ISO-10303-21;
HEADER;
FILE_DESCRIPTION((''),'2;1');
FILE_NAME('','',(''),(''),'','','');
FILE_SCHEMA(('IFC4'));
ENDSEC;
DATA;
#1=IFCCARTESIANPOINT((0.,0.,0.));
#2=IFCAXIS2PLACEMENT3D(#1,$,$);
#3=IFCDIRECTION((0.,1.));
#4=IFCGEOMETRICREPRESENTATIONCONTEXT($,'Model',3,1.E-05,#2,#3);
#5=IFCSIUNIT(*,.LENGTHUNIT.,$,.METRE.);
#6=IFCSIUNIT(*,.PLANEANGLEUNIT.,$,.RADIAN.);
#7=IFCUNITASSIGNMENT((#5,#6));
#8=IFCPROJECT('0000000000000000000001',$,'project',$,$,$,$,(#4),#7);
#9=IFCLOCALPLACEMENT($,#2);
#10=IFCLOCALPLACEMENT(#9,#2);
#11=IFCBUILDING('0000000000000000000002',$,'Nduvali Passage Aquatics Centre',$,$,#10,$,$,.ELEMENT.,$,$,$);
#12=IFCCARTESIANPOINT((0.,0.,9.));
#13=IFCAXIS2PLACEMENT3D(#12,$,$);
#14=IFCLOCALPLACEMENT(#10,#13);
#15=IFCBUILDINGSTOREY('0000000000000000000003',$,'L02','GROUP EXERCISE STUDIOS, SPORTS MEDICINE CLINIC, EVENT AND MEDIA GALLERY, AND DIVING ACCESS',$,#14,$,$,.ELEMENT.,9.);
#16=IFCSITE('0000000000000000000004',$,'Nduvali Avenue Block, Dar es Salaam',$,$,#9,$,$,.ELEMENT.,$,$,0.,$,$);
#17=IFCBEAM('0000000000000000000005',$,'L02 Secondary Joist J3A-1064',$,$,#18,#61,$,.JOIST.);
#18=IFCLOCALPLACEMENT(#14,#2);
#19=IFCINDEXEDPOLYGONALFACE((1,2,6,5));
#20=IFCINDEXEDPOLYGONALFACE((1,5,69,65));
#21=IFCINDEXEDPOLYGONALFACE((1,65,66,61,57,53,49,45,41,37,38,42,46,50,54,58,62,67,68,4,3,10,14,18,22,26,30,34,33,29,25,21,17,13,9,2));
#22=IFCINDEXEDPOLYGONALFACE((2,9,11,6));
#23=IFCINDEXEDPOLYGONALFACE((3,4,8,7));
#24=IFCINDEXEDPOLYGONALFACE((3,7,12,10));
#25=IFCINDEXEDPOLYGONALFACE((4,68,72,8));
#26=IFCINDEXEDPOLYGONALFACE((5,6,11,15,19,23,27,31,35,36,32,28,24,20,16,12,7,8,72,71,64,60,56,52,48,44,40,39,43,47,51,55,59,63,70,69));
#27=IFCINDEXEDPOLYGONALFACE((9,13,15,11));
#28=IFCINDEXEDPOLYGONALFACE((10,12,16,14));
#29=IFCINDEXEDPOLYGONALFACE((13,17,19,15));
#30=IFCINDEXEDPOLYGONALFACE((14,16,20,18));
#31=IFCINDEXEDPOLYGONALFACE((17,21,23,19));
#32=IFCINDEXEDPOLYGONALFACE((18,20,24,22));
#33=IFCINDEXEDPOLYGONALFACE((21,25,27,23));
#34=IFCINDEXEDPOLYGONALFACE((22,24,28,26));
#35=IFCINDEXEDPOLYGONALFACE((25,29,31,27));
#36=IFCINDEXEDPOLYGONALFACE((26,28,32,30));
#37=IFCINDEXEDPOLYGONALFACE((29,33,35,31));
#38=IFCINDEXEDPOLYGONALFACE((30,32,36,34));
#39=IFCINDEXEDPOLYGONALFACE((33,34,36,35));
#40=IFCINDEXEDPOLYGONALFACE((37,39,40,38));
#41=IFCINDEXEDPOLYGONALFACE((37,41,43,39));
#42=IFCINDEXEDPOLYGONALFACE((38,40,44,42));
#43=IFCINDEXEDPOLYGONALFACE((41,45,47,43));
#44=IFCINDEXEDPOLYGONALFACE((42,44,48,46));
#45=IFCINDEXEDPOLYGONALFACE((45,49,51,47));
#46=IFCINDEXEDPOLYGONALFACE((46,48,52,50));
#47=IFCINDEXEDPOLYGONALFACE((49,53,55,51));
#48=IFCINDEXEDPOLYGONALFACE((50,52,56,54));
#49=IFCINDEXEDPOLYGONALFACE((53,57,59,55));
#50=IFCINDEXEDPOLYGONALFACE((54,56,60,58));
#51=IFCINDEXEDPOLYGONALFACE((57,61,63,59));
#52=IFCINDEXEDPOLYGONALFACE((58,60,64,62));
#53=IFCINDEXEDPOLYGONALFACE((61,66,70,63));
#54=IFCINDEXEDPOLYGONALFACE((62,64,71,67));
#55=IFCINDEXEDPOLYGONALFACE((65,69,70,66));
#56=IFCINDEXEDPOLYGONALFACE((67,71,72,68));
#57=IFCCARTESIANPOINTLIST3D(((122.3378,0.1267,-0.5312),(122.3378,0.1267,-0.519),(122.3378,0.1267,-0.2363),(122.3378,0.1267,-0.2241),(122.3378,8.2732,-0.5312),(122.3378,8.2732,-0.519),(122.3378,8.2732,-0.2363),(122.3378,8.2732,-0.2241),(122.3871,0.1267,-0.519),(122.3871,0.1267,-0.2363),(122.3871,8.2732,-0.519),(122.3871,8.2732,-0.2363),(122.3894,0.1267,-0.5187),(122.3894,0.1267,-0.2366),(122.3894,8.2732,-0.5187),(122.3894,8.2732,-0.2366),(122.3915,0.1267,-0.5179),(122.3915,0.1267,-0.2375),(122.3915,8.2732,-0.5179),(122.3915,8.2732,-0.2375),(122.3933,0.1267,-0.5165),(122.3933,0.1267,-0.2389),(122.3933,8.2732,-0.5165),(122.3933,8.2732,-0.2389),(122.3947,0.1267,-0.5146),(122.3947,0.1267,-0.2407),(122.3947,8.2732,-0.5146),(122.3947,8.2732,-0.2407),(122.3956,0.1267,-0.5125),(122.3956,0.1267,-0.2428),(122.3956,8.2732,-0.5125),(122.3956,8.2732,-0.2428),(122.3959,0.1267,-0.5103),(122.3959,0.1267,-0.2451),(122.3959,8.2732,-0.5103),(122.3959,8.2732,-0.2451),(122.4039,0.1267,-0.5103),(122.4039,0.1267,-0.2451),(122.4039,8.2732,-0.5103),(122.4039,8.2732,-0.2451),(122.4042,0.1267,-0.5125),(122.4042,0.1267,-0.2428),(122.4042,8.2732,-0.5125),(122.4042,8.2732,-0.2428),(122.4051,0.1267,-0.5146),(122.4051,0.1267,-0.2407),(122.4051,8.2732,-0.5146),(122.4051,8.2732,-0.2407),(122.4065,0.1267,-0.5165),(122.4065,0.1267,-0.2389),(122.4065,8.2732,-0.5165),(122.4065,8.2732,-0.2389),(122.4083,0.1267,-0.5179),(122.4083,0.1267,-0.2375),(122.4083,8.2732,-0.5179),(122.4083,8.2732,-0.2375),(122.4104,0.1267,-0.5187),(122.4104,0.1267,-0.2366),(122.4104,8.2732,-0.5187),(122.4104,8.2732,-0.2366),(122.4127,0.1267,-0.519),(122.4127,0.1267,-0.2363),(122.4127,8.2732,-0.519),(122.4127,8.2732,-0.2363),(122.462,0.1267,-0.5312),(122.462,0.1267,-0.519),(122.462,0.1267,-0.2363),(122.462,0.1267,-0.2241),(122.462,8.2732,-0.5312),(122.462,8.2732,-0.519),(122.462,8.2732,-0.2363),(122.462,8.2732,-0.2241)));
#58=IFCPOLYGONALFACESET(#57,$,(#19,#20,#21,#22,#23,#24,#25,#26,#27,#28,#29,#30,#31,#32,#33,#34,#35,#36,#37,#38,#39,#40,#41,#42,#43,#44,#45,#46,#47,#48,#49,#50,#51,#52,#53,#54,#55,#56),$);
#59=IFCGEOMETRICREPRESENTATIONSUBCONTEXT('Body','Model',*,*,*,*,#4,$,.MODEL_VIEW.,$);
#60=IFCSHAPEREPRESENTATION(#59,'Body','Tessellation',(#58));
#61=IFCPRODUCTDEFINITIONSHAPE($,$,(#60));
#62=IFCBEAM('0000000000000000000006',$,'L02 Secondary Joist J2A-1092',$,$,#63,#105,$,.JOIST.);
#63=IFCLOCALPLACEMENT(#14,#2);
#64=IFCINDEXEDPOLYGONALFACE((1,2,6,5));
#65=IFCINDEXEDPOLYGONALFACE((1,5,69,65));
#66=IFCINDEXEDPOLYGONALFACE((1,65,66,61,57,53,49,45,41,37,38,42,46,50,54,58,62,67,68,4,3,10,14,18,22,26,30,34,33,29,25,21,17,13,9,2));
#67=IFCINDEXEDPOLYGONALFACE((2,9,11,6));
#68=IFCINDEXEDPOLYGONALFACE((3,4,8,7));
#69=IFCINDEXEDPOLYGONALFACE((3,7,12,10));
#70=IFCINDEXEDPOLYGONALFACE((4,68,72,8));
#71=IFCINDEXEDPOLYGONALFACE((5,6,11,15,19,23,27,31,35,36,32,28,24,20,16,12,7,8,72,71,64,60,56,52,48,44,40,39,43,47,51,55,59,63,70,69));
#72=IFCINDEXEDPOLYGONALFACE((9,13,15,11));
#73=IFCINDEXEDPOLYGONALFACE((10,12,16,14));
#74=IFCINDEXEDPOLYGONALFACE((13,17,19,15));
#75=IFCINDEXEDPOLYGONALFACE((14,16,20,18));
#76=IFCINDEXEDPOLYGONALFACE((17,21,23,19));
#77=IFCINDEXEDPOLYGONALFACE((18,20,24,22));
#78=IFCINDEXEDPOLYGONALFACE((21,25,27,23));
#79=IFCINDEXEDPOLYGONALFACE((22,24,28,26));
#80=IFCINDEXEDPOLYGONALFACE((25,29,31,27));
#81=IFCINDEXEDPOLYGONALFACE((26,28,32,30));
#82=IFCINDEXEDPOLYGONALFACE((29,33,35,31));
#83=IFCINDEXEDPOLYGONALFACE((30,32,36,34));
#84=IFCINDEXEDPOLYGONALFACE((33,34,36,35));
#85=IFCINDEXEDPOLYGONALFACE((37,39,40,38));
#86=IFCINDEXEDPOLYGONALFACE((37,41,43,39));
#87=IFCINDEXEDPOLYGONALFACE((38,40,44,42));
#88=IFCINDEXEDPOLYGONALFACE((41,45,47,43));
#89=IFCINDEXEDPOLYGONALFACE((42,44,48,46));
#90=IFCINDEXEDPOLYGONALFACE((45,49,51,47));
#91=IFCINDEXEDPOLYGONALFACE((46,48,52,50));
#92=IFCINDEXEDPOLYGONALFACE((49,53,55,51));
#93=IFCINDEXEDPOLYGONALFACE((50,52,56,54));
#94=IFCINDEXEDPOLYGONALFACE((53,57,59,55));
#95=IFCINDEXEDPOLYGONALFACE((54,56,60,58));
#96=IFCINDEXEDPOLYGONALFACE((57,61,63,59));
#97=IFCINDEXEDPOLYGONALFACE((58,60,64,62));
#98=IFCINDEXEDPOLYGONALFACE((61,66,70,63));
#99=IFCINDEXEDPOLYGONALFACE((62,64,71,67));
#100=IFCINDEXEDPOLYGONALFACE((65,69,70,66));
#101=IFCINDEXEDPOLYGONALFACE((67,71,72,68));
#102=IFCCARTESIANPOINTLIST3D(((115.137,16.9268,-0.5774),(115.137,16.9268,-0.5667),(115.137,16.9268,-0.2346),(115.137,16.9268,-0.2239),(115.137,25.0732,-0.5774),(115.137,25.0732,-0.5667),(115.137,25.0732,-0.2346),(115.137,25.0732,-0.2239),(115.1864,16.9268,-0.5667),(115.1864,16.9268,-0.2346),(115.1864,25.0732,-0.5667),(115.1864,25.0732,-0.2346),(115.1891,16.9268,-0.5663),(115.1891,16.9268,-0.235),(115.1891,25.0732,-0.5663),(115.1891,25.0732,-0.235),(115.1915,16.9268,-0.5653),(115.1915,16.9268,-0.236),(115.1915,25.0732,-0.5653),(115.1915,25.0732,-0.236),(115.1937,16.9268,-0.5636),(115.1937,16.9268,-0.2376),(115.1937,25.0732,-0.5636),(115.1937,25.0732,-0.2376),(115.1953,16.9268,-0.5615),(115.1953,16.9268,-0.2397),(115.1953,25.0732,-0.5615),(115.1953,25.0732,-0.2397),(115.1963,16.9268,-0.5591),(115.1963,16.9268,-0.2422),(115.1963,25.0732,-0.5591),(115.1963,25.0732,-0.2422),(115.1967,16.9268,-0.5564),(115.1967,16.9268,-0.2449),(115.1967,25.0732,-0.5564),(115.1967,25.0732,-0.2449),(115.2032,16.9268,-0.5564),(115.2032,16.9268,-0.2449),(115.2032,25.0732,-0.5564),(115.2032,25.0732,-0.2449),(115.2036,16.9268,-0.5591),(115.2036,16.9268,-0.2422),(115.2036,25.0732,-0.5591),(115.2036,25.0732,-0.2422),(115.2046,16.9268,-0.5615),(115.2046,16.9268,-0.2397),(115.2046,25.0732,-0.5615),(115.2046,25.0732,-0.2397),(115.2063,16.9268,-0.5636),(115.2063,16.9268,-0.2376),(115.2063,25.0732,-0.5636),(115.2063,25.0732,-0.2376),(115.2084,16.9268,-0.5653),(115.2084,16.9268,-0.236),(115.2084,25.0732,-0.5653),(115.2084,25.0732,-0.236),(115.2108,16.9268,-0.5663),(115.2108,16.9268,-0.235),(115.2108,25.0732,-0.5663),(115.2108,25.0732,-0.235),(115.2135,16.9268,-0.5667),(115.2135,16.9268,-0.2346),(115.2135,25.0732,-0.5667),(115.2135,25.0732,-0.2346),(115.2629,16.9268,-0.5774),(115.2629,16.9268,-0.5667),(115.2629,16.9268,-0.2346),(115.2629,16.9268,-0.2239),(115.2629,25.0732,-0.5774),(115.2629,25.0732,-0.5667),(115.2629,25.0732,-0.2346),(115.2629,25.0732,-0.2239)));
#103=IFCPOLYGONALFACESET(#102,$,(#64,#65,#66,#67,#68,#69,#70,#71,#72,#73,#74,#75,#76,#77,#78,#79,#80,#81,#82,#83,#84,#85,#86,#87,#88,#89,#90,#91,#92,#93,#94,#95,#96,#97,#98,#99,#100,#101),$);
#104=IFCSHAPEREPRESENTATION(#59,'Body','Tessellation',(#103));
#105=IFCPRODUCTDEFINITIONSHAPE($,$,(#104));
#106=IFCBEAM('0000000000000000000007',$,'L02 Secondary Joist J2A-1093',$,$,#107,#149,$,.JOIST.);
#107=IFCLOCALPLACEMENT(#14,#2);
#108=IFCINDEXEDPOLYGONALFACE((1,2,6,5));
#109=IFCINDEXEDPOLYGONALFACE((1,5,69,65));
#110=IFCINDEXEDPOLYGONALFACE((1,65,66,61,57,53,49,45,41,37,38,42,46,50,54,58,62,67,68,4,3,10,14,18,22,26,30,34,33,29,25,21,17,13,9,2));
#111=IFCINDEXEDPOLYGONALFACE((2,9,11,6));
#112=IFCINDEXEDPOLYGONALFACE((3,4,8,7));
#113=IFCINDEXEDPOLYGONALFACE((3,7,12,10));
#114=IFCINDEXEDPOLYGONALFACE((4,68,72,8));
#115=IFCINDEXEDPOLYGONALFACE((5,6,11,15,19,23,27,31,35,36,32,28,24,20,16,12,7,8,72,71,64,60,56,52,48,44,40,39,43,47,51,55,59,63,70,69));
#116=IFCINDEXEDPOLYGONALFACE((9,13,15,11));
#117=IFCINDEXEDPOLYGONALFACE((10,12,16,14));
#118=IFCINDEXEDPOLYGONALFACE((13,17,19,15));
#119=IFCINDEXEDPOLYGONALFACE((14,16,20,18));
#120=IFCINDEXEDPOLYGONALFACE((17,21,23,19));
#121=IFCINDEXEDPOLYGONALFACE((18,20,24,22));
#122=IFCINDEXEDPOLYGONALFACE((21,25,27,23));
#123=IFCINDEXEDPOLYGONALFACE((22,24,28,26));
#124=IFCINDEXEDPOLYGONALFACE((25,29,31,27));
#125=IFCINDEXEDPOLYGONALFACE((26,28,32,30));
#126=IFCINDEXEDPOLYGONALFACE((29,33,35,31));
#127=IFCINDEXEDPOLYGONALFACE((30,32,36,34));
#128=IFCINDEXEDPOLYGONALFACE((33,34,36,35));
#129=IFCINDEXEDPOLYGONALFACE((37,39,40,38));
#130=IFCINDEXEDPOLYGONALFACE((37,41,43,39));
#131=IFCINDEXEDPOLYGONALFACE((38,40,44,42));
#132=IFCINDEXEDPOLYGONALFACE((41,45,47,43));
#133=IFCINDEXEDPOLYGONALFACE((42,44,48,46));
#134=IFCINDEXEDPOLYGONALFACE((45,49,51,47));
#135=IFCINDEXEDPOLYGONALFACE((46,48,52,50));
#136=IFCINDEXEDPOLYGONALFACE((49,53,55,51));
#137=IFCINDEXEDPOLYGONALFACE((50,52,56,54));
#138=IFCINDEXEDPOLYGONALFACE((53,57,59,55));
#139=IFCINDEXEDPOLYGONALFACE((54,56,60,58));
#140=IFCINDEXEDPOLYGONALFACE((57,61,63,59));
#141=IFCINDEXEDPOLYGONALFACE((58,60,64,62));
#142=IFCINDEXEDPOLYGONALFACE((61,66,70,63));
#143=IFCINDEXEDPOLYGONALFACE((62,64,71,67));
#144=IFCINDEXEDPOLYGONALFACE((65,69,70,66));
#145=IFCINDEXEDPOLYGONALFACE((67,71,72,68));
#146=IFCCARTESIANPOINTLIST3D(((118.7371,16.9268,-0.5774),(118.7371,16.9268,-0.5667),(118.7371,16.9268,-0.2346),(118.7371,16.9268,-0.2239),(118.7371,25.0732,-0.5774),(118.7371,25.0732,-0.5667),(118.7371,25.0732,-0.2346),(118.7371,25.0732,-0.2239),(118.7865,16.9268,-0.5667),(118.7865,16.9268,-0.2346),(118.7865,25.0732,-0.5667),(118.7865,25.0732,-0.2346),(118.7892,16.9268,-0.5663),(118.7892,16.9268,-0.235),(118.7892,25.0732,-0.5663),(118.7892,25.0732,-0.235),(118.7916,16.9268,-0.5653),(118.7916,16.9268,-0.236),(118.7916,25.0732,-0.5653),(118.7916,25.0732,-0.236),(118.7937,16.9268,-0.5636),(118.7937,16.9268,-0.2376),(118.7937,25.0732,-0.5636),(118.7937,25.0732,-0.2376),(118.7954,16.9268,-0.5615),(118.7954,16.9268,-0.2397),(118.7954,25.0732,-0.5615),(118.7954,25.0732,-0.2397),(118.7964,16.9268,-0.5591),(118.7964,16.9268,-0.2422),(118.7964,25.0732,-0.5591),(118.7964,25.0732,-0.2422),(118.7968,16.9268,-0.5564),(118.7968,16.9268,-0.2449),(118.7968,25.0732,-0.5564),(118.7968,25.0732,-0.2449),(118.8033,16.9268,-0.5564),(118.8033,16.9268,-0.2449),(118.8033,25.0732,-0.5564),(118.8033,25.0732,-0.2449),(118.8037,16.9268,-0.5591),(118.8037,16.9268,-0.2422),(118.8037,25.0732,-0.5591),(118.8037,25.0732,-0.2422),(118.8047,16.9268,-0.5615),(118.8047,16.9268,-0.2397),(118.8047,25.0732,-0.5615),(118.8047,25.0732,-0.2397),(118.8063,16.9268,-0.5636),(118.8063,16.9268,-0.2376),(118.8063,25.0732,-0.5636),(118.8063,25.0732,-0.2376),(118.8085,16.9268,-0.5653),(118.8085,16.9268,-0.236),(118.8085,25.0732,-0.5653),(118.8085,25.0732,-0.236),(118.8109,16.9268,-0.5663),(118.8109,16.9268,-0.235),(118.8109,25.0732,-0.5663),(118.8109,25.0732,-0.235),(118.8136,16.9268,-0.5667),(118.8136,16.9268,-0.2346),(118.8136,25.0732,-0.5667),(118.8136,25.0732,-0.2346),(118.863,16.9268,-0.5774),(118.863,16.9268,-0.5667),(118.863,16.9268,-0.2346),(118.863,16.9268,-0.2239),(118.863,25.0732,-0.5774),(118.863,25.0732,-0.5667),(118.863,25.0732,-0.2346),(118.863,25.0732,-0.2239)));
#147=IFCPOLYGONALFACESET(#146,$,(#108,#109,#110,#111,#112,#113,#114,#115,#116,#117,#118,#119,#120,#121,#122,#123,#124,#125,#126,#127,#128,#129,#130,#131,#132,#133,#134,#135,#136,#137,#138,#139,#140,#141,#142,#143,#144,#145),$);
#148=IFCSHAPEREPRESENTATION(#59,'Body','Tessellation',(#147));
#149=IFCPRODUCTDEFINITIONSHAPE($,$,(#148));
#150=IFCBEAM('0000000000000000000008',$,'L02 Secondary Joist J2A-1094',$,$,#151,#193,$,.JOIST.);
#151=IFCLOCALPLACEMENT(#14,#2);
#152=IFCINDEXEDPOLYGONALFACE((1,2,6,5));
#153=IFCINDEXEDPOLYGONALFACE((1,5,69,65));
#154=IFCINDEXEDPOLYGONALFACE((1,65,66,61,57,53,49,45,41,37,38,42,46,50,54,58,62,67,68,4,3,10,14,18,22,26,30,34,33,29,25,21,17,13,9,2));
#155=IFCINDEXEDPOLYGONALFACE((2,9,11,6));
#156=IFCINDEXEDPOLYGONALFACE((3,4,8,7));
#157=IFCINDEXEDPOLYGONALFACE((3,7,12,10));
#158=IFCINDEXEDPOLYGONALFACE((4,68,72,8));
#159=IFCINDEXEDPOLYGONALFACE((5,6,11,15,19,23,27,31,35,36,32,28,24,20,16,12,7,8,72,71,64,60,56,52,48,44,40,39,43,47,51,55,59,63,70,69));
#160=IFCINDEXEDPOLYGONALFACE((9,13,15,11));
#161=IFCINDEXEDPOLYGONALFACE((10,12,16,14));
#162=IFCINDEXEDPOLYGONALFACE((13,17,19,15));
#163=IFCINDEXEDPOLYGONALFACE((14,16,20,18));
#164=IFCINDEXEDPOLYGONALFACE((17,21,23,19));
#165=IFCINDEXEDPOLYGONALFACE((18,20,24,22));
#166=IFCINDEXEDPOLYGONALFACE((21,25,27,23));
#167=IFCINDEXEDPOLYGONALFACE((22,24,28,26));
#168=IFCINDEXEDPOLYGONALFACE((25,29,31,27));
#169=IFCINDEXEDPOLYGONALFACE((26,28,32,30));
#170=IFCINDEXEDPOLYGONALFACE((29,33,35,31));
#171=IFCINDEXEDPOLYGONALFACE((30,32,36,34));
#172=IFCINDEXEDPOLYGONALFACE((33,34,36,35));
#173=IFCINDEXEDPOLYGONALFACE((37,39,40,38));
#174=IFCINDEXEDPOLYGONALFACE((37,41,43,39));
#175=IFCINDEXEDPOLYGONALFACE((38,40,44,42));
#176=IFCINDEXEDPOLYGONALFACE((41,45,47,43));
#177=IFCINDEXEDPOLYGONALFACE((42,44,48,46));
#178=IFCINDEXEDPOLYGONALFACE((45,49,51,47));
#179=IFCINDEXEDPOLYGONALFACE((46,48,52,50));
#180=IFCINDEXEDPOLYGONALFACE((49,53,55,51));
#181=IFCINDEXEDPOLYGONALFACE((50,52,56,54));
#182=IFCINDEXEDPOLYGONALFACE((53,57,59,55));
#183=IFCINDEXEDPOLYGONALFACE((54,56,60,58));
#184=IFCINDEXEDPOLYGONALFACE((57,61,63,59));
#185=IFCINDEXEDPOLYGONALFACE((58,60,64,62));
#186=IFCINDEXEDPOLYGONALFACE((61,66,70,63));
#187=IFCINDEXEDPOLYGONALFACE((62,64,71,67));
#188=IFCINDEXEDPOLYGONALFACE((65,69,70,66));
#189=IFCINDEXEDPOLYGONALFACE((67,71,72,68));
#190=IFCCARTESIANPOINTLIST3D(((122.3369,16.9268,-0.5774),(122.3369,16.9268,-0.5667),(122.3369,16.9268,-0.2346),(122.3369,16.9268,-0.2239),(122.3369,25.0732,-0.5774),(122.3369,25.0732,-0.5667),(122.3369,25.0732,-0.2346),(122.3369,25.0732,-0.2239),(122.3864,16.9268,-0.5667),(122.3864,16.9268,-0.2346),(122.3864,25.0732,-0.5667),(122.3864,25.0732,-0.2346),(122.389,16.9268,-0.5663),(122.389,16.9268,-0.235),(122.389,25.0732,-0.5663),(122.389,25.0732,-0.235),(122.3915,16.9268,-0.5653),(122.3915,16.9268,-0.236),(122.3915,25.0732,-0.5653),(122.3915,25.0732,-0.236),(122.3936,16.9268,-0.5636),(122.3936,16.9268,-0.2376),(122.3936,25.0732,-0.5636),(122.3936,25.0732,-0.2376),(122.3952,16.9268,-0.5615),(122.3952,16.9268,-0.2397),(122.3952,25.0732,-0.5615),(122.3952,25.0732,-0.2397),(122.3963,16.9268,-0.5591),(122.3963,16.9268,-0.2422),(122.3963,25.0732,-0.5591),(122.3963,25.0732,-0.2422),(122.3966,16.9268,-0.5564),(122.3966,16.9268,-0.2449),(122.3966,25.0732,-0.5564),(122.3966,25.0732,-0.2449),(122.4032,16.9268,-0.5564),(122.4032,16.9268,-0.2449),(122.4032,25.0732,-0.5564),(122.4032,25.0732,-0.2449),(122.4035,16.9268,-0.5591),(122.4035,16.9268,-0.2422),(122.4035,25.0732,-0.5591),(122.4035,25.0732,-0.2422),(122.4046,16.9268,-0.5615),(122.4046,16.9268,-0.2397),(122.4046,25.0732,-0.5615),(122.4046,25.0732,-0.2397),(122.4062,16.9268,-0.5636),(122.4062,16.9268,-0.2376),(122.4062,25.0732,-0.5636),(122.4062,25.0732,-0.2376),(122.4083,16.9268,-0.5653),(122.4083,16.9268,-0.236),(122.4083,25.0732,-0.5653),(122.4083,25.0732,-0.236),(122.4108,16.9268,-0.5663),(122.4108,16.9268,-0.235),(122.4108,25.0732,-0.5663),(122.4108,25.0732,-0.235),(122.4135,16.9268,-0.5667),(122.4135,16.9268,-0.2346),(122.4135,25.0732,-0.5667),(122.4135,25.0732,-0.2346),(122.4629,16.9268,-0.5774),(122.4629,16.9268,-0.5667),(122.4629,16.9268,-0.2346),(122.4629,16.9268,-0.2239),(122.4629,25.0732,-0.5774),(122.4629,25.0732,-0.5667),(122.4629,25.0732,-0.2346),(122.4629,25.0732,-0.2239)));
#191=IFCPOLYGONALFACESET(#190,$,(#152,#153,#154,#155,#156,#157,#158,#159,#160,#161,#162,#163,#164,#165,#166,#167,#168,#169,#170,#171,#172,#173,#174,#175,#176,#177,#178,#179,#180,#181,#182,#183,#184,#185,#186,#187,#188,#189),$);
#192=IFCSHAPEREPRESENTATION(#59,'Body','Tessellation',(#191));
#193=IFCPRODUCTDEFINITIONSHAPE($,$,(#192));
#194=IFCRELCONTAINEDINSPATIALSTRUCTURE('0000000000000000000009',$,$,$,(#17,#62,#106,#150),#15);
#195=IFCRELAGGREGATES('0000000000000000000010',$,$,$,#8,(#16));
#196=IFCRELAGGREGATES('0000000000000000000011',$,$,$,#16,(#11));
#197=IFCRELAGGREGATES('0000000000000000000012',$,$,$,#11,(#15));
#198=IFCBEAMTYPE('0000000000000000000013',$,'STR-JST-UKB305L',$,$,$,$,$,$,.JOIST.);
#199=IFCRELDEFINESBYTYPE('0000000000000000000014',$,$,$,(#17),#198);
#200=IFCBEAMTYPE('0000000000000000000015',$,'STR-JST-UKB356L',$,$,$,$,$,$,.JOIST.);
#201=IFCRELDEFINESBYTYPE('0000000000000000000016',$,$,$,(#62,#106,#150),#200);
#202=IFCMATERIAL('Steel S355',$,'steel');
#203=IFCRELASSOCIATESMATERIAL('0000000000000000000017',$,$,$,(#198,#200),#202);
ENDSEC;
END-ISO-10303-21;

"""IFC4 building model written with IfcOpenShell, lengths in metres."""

from ifc_helpers import new_model, si_unit, direction, frame, origin, origin_2d, place, context, subcontext, project, spatial, i_section, extrude, material, material_profile, profile_set, type_object, element, save


model = new_model("IFC4")

# Units and contexts
model_context = context("Model", 3, precision=1e-05, world=origin(), true_north=direction((0.0, 1.0)))
body_context = subcontext(model_context, "Body", "Model", "MODEL_VIEW")
ifc_project = project(units=[si_unit("LENGTHUNIT", "METRE"), si_unit("PLANEANGLEUNIT", "RADIAN")], contexts=[model_context])

# Site, building, storey
site_placement = place(None, origin())
site = spatial("IfcSite", under=ifc_project, at=site_placement, Name="Nduvali Avenue Block, Dar es Salaam", CompositionType="ELEMENT", RefElevation=0.0)
building_placement = place(site_placement, origin())
building = spatial("IfcBuilding", under=site, at=building_placement, Name="Nduvali Passage Aquatics Centre", CompositionType="ELEMENT")
storey_placement = place(building_placement, frame((0.0, 0.0, 9.0)))
storey = spatial("IfcBuildingStorey", under=building, at=storey_placement, Name="L02", Description="GROUP EXERCISE STUDIOS, SPORTS MEDICINE CLINIC, EVENT AND MEDIA GALLERY, AND DIVING ACCESS", CompositionType="ELEMENT", Elevation=9.0)

# Beams
ifc_material_1 = material(Name="Steel S355", Category="steel")
ifc_material_profile_1 = material_profile(ifc_material_1, i_section(OverallWidth=0.1243, OverallDepth=0.3071, WebThickness=0.0081, FlangeThickness=0.0122, FilletRadius=0.0088, at=origin_2d()), Name="UKB 305x127x42")
ifc_profile_set_1 = profile_set([ifc_material_profile_1], Name="Steel S355")
beam_type_1 = type_object("IfcBeamType", Name="STR-JST-UKB305L", PredefinedType="JOIST", material=ifc_profile_set_1)
for number, where, z_axis, x_axis, name in (
    (1, (122.3999, 0.1267, -0.3777), (0.0, 1.0, 0.0), (-1.0, 0.0, 0.0), "L02 Secondary Joist J3A-1064"),
):
    element("IfcBeam", number, at=place(storey_placement, frame(where, z_axis=z_axis, x_axis=x_axis)), inside=storey, type_object=beam_type_1, Name=name, PredefinedType="JOIST", context=body_context, shape_type="SweptSolid", body=[
        extrude(i_section(OverallWidth=0.1243, OverallDepth=0.3071, WebThickness=0.0081, FlangeThickness=0.0122, FilletRadius=0.0088, at=origin_2d()), origin(), (0.0, 0.0, 1.0), 8.1465),
    ])
ifc_material_profile_2 = material_profile(ifc_material_1, i_section(OverallWidth=0.126, OverallDepth=0.3535, WebThickness=0.0066, FlangeThickness=0.0107, FilletRadius=0.0103, at=origin_2d()), Name="UKB 356x127x39")
ifc_profile_set_2 = profile_set([ifc_material_profile_2], Name="Steel S355")
beam_type_2 = type_object("IfcBeamType", Name="STR-JST-UKB356L", PredefinedType="JOIST", material=ifc_profile_set_2)
for number, where, z_axis, x_axis, name in (
    (2, (115.2, 16.9268, -0.4006), (0.0, 1.0, 0.0), (-1.0, 0.0, 0.0), "L02 Secondary Joist J2A-1092"),
    (3, (118.8, 16.9268, -0.4006), (0.0, 1.0, 0.0), (-1.0, 0.0, 0.0), "L02 Secondary Joist J2A-1093"),
    (4, (122.3999, 16.9268, -0.4006), (0.0, 1.0, 0.0), (-1.0, 0.0, 0.0), "L02 Secondary Joist J2A-1094"),
):
    element("IfcBeam", number, at=place(storey_placement, frame(where, z_axis=z_axis, x_axis=x_axis)), inside=storey, type_object=beam_type_2, Name=name, PredefinedType="JOIST", context=body_context, shape_type="SweptSolid", body=[
        extrude(i_section(OverallWidth=0.126, OverallDepth=0.3535, WebThickness=0.0066, FlangeThickness=0.0107, FilletRadius=0.0103, at=origin_2d()), origin(), (0.0, 0.0, 1.0), 8.1465),
    ])

save(model, "model.ifc")
